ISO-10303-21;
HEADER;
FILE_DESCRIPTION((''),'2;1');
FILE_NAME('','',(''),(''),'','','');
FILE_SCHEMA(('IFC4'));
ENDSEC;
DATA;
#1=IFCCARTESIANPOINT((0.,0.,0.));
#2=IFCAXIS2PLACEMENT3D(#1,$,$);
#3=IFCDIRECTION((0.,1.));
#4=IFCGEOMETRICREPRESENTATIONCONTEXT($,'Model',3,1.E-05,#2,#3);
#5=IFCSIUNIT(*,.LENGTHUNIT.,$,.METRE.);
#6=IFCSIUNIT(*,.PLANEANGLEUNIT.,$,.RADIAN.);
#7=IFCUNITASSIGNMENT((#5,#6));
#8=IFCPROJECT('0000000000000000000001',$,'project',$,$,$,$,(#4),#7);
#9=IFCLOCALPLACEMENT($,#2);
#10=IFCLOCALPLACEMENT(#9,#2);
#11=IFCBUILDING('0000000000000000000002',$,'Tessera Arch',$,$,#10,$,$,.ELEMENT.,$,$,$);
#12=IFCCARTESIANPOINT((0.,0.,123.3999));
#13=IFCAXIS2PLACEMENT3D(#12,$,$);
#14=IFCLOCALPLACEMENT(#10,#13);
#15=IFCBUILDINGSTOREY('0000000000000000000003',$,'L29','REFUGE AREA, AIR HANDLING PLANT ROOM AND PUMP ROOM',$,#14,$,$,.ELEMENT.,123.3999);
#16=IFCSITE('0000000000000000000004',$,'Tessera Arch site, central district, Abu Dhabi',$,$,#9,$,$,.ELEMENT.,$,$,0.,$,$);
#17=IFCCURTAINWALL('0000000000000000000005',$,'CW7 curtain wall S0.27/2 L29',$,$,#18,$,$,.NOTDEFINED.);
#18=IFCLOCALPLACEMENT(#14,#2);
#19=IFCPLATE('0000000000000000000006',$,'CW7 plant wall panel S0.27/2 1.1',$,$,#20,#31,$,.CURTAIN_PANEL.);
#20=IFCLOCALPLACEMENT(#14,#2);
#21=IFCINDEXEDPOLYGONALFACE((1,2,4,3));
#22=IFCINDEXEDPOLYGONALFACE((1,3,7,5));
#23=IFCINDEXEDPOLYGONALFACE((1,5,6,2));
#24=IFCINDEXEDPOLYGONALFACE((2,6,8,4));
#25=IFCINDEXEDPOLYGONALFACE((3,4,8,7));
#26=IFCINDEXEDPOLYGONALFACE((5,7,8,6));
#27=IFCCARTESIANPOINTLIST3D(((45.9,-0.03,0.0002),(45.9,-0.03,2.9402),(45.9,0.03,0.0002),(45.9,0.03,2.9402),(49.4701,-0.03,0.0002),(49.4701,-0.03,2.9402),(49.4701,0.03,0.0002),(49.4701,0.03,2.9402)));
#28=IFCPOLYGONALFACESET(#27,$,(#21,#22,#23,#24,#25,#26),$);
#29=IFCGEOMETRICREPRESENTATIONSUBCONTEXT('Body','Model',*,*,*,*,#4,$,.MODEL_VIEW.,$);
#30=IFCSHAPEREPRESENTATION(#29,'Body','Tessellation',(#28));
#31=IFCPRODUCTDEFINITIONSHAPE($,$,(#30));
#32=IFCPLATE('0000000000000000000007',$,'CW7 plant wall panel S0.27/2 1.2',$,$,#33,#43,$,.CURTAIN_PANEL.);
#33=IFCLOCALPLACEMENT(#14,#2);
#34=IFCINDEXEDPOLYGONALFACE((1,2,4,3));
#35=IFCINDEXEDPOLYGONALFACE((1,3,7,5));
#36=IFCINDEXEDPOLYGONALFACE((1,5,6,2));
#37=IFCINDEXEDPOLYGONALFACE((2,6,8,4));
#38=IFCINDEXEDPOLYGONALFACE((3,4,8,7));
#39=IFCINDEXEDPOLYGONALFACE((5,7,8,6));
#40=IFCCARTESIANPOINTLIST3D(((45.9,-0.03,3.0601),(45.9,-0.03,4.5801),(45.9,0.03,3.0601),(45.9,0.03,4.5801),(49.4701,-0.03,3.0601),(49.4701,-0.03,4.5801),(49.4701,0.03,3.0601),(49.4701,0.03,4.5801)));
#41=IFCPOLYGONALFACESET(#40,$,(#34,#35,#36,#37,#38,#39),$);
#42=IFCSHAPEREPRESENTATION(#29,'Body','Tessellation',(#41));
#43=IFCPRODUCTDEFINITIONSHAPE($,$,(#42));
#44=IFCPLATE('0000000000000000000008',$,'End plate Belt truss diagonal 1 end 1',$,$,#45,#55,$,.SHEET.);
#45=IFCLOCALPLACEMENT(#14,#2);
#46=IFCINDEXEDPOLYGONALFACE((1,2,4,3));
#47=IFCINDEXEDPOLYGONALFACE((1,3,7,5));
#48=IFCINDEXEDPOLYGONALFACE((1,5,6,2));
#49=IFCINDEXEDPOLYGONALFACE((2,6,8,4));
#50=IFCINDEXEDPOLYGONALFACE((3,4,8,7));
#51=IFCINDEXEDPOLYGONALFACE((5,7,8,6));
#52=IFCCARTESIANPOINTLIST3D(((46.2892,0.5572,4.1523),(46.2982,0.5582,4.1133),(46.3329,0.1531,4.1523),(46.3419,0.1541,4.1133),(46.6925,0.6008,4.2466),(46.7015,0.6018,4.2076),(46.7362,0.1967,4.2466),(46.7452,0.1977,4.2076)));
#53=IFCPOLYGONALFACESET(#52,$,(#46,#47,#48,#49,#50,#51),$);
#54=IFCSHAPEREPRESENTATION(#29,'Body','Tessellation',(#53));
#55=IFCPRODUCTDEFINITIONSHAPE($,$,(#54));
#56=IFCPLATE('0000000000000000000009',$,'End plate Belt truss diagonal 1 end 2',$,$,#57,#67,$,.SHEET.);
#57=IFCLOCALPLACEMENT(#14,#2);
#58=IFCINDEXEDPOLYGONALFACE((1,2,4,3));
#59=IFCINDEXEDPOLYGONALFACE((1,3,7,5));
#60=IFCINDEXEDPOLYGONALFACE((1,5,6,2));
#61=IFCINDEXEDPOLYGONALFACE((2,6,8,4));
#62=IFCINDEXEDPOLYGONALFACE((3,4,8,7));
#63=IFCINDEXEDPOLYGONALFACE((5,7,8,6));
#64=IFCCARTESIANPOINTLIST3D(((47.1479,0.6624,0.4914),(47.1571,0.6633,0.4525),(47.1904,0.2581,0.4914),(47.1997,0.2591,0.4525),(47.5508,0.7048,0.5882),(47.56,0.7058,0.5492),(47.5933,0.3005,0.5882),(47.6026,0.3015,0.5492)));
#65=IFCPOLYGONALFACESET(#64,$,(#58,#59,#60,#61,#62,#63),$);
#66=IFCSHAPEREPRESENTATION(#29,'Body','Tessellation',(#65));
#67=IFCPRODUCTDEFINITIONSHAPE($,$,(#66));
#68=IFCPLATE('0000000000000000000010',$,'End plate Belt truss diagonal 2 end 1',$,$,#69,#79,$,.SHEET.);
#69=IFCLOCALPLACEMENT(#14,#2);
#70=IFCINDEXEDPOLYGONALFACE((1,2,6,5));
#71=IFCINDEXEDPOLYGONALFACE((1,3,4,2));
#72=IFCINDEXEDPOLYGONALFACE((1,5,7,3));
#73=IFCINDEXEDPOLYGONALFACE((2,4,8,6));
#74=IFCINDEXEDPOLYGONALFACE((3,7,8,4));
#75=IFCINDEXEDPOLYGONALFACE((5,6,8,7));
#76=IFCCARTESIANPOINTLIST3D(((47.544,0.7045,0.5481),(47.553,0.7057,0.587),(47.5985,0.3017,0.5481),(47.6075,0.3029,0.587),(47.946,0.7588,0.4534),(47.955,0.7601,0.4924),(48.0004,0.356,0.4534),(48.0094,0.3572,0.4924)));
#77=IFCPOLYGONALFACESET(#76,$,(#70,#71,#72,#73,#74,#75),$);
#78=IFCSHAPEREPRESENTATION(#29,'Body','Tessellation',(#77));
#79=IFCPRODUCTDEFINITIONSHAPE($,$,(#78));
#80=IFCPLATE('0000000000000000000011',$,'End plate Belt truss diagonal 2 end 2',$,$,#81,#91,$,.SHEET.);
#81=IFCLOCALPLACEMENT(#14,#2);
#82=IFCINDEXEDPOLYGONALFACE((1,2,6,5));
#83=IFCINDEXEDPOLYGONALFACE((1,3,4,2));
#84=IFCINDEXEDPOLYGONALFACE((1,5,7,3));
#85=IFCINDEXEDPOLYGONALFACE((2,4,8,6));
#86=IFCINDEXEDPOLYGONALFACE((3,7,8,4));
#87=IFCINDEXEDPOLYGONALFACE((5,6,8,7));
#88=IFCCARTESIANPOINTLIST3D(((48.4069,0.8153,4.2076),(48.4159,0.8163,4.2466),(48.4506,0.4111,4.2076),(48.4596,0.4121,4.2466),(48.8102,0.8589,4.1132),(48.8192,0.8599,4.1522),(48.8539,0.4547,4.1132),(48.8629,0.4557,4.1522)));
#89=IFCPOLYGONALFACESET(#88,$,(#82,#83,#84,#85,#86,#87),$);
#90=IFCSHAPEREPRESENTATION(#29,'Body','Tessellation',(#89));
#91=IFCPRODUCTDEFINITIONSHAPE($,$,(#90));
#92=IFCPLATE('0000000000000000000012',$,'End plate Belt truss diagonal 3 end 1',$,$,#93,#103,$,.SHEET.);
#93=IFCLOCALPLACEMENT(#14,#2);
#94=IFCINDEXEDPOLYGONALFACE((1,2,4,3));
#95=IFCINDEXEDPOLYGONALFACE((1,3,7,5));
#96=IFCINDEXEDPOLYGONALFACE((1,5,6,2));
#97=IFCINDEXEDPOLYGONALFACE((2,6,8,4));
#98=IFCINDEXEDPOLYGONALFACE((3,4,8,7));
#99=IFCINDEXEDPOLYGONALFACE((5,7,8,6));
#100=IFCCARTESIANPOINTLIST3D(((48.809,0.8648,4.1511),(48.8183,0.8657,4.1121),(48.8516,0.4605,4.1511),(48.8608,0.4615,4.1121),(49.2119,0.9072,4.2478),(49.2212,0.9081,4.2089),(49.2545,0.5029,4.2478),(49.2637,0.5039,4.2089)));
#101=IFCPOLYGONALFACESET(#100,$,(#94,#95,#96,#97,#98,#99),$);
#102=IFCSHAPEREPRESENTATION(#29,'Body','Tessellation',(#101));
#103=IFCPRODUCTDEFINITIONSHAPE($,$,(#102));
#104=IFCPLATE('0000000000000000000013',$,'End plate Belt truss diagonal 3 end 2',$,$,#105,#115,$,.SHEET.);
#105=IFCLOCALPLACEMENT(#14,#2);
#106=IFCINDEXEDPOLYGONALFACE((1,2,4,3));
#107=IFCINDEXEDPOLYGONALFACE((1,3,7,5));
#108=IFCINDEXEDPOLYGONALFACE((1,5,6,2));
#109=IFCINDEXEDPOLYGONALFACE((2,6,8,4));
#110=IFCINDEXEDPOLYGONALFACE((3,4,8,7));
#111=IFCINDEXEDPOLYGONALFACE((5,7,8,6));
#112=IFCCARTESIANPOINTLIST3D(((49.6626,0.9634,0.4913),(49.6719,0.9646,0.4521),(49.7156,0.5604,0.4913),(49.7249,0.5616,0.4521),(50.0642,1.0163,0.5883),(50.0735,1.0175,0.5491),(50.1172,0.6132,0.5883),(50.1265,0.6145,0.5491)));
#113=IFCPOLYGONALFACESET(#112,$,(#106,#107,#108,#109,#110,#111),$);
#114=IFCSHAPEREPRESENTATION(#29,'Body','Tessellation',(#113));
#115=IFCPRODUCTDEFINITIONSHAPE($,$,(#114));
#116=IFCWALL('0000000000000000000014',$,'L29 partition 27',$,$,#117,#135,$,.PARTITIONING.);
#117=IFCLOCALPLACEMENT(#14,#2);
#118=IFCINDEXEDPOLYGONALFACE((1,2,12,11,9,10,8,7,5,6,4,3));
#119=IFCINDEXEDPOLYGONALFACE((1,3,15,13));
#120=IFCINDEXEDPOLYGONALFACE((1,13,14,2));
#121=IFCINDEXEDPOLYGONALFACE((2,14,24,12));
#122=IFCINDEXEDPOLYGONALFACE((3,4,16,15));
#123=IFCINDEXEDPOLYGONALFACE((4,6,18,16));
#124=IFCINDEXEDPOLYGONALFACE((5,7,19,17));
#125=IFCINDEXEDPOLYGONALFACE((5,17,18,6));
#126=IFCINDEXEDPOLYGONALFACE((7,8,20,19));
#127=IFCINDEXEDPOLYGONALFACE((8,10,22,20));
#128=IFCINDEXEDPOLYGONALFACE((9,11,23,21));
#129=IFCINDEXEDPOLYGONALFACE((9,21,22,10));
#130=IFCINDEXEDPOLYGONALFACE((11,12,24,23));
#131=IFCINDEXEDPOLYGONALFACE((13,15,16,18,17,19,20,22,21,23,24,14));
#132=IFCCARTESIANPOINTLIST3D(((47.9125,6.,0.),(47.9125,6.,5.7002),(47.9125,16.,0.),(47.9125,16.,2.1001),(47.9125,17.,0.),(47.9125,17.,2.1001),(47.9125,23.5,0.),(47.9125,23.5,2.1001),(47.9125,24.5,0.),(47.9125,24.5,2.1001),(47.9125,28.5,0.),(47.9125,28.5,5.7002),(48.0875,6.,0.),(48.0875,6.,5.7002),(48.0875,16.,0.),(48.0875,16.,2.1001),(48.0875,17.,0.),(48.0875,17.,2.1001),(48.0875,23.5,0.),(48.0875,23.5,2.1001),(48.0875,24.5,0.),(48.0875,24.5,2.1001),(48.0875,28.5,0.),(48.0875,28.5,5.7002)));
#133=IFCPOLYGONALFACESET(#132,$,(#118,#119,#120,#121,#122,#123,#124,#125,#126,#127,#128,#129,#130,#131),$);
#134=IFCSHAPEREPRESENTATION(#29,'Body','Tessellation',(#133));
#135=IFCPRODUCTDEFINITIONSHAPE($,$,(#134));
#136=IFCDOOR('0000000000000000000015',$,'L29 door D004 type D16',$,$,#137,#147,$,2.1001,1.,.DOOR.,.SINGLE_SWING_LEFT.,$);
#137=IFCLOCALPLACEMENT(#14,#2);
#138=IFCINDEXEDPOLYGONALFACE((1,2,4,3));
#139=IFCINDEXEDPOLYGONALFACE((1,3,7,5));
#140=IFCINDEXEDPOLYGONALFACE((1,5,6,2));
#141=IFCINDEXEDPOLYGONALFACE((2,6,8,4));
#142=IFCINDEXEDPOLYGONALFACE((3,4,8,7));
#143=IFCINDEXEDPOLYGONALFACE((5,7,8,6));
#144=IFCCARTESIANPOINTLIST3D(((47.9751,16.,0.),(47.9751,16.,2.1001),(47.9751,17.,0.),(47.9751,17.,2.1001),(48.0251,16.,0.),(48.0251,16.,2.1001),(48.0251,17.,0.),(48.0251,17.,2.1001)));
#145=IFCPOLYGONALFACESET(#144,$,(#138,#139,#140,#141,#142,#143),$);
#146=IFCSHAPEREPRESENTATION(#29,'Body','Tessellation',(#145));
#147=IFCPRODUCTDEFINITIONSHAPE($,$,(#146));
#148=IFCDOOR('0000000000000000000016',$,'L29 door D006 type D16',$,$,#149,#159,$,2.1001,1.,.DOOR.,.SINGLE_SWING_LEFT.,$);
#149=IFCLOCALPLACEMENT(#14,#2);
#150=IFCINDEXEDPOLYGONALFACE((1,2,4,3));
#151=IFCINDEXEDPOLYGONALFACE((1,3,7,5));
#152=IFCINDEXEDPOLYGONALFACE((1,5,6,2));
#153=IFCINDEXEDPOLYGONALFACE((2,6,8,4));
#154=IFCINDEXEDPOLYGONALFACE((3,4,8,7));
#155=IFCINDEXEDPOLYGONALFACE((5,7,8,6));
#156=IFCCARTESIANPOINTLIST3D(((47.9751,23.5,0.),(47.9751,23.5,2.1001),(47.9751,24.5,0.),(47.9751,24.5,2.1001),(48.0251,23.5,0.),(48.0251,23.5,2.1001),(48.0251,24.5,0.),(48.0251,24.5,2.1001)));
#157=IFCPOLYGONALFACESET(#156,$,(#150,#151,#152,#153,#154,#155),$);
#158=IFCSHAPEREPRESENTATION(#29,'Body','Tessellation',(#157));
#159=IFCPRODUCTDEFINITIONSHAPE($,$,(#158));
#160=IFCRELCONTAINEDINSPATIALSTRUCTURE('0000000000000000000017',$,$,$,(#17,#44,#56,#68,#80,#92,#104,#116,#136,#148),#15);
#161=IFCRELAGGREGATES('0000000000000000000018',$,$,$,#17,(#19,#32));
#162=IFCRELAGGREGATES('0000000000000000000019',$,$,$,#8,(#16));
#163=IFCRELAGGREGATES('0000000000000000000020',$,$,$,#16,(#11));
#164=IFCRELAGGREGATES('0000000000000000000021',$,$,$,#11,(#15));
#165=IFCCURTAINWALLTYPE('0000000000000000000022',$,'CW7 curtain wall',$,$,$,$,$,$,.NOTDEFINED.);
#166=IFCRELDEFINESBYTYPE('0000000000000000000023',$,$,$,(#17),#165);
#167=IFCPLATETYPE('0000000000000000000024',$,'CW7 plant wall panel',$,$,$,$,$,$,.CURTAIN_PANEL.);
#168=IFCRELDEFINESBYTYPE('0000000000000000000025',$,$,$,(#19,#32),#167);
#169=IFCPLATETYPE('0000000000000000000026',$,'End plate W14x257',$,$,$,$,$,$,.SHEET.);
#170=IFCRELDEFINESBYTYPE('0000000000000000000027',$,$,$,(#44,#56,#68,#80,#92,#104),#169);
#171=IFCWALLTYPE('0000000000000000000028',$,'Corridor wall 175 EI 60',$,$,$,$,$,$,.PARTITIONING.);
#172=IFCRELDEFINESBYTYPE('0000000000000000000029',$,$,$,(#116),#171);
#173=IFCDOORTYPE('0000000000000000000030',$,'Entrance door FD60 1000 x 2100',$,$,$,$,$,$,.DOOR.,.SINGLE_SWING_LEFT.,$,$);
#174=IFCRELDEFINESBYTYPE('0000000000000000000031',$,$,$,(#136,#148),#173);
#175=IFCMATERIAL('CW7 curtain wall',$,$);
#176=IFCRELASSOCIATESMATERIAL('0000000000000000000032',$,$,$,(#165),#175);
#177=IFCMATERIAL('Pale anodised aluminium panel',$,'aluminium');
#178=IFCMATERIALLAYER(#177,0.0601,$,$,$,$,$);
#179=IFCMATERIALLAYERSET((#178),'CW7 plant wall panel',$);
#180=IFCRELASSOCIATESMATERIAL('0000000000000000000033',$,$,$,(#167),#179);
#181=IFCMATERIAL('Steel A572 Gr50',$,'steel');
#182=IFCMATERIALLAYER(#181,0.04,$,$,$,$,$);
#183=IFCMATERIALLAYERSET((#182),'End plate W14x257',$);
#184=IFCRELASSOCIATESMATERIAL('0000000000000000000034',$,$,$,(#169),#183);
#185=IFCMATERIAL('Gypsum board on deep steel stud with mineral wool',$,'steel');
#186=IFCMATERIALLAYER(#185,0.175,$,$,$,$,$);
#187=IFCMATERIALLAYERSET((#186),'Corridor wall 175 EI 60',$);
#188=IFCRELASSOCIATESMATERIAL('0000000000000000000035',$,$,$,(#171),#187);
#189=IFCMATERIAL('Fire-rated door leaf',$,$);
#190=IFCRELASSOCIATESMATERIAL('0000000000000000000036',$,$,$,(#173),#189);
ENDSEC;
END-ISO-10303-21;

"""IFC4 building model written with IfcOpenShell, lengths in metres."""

from ifc_helpers import new_model, si_unit, direction, frame, frame_2d, origin, origin_2d, place, context, subcontext, project, spatial, rectangle, extrude, material, layer, layer_set, type_object, element, fill, aggregate, save


model = new_model("IFC4")

# Units and contexts
model_context = context("Model", 3, precision=1e-05, world=origin(), true_north=direction((0.0, 1.0)))
body_context = subcontext(model_context, "Body", "Model", "MODEL_VIEW")
ifc_project = project(units=[si_unit("LENGTHUNIT", "METRE"), si_unit("PLANEANGLEUNIT", "RADIAN")], contexts=[model_context])

# Site, building, storey
site_placement = place(None, origin())
site = spatial("IfcSite", under=ifc_project, at=site_placement, Name="Tessera Arch site, central district, Abu Dhabi", CompositionType="ELEMENT", RefElevation=0.0)
building_placement = place(site_placement, origin())
building = spatial("IfcBuilding", under=site, at=building_placement, Name="Tessera Arch", CompositionType="ELEMENT")
storey_placement = place(building_placement, frame((0.0, 0.0, 123.3999)))
storey = spatial("IfcBuildingStorey", under=building, at=storey_placement, Name="L29", Description="REFUGE AREA, AIR HANDLING PLANT ROOM AND PUMP ROOM", CompositionType="ELEMENT", Elevation=123.3999)

# Curtain wall
ifc_material_1 = material(Name="CW7 curtain wall")
curtain_wall_type = type_object("IfcCurtainWallType", Name="CW7 curtain wall", PredefinedType="NOTDEFINED", material=ifc_material_1)
curtain_wall_placement = place(storey_placement, origin())
curtain_wall = element("IfcCurtainWall", 1, at=curtain_wall_placement, inside=storey, type_object=curtain_wall_type, Name="CW7 curtain wall S0.27/2 L29", PredefinedType="NOTDEFINED")

# Plates
ifc_material_2 = material(Name="Pale anodised aluminium panel", Category="aluminium")
ifc_layer_1 = layer(ifc_material_2, 0.0601)
ifc_layer_set_1 = layer_set([ifc_layer_1], Name="CW7 plant wall panel")
plate_type_1 = type_object("IfcPlateType", Name="CW7 plant wall panel", PredefinedType="CURTAIN_PANEL", material=ifc_layer_set_1)
plate_1_placement = place(storey_placement, frame((47.6851, 0.0, 0.0002), z_axis=(0.0, 0.0, 1.0), x_axis=(1.0, 0.0, 0.0)))
plate_1 = element("IfcPlate", 2, at=plate_1_placement, type_object=plate_type_1, Name="CW7 plant wall panel S0.27/2 1.1", PredefinedType="CURTAIN_PANEL", context=body_context, shape_type="SweptSolid", body=[
    extrude(rectangle(XDim=3.5701, YDim=0.0601, at=origin_2d()), origin(), (0.0, 0.0, 1.0), 2.9399),
])
plate_2_placement = place(storey_placement, frame((47.6851, 0.0, 3.0601), z_axis=(0.0, 0.0, 1.0), x_axis=(1.0, 0.0, 0.0)))
plate_2 = element("IfcPlate", 3, at=plate_2_placement, type_object=plate_type_1, Name="CW7 plant wall panel S0.27/2 1.2", PredefinedType="CURTAIN_PANEL", context=body_context, shape_type="SweptSolid", body=[
    extrude(rectangle(XDim=3.5701, YDim=0.0601, at=origin_2d()), origin(), (0.0, 0.0, 1.0), 1.52),
])
aggregate(curtain_wall, [plate_1, plate_2])

# Plates
ifc_material_3 = material(Name="Steel A572 Gr50", Category="steel")
ifc_layer_2 = layer(ifc_material_3, 0.04)
ifc_layer_set_2 = layer_set([ifc_layer_2], Name="End plate W14x257")
plate_type_2 = type_object("IfcPlateType", Name="End plate W14x257", PredefinedType="SHEET", material=ifc_layer_set_2)
for number, where, z_axis, x_axis, name in (
    (4, (46.5127, 0.377, 4.1995), (0.225237, 0.02435, -0.974), (-0.107482, 0.994207, 0.0), "End plate Belt truss diagonal 1 end 1"),
    (5, (47.3706, 0.4814, 0.5398), (0.231004, 0.024316, -0.972649), (-0.104685, 0.994505, 0.0), "End plate Belt truss diagonal 1 end 2"),
    (6, (47.7722, 0.5303, 0.5007), (0.2252, 0.030432, 0.973837), (-0.133918, 0.990992, 0.0), "End plate Belt truss diagonal 2 end 1"),
    (7, (48.6304, 0.635, 4.1604), (0.225237, 0.02435, 0.974), (-0.107482, 0.994207, 0.0), "End plate Belt truss diagonal 2 end 2"),
    (8, (49.0317, 0.6838, 4.1995), (0.231004, 0.024316, -0.972649), (-0.104685, 0.994505, 0.0), "End plate Belt truss diagonal 3 end 1"),
):
    element("IfcPlate", number, at=place(storey_placement, frame(where, z_axis=z_axis, x_axis=x_axis)), inside=storey, type_object=plate_type_2, Name=name, PredefinedType="SHEET", context=body_context, shape_type="SweptSolid", body=[
        extrude(rectangle(XDim=0.4065, YDim=0.4165, at=origin_2d()), origin(), (0.0, 0.0, 1.0), 0.04),
    ])
plate_3_placement = place(storey_placement, frame((49.8899, 0.7883, 0.5398), z_axis=(0.230966, 0.03039, -0.972487), x_axis=(-0.130455, 0.991454, 0.0)))
element("IfcPlate", 9, at=plate_3_placement, inside=storey, type_object=plate_type_2, Name="End plate Belt truss diagonal 3 end 2", PredefinedType="SHEET", context=body_context, shape_type="SweptSolid", body=[
    extrude(rectangle(XDim=0.4065, YDim=0.4165, at=origin_2d()), origin(), (0.0, 0.0, 1.0), 0.0403),
])

# Wall, openings, doors
ifc_material_4 = material(Name="Gypsum board on deep steel stud with mineral wool", Category="steel")
ifc_layer_3 = layer(ifc_material_4, 0.175)
ifc_layer_set_3 = layer_set([ifc_layer_3], Name="Corridor wall 175 EI 60")
wall_type = type_object("IfcWallType", Name="Corridor wall 175 EI 60", PredefinedType="PARTITIONING", material=ifc_layer_set_3)
wall_placement = place(storey_placement, frame((48.0, 6.0, 0.0), z_axis=(0.0, 0.0, 1.0), x_axis=(0.0, 1.0, 0.0)))
wall = element("IfcWall", 10, at=wall_placement, inside=storey, type_object=wall_type, Name="L29 partition 27", PredefinedType="PARTITIONING", context=body_context, shape_type="SweptSolid", body=[
    extrude(rectangle(XDim=22.5, YDim=0.175, at=frame_2d((11.25, 0.0))), origin(), (0.0, 0.0, 1.0), 5.7002),
])
opening_1_placement = place(wall_placement, frame((10.0, 0.0, 0.0)))
opening_1 = element("IfcOpeningElement", 11, at=opening_1_placement, cuts=wall, PredefinedType="OPENING", context=body_context, shape_type="SweptSolid", body=[
    extrude(rectangle(XDim=1.0, YDim=2.1001, at=frame_2d((0.5, 1.05))), frame((0.0, 0.0974, 0.0), z_axis=(0.0, -1.0, 0.0), x_axis=(1.0, 0.0, 0.0)), (0.0, 0.0, 1.0), 0.1951),
])
opening_2_placement = place(wall_placement, frame((17.5, 0.0, 0.0)))
opening_2 = element("IfcOpeningElement", 12, at=opening_2_placement, cuts=wall, PredefinedType="OPENING", context=body_context, shape_type="SweptSolid", body=[
    extrude(rectangle(XDim=1.0, YDim=2.1001, at=frame_2d((0.5, 1.05))), frame((0.0, 0.0974, 0.0), z_axis=(0.0, -1.0, 0.0), x_axis=(1.0, 0.0, 0.0)), (0.0, 0.0, 1.0), 0.1951),
])
ifc_material_5 = material(Name="Fire-rated door leaf")
door_type = type_object("IfcDoorType", Name="Entrance door FD60 1000 x 2100", OperationType="SINGLE_SWING_LEFT", PredefinedType="DOOR", material=ifc_material_5)
door_1_placement = place(opening_1_placement, origin())
door_1 = element("IfcDoor", 13, at=door_1_placement, inside=storey, type_object=door_type, Name="L29 door D004 type D16", OperationType="SINGLE_SWING_LEFT", OverallHeight=2.1001, OverallWidth=1.0, PredefinedType="DOOR", context=body_context, shape_type="SweptSolid", body=[
    extrude(rectangle(XDim=1.0, YDim=2.1001, at=frame_2d((0.5, 1.05))), frame((0.0, 0.0249, 0.0), z_axis=(0.0, -1.0, 0.0), x_axis=(1.0, 0.0, 0.0)), (0.0, 0.0, 1.0), 0.05),
])
fill(opening_1, door_1)
door_2_placement = place(opening_2_placement, origin())
door_2 = element("IfcDoor", 14, at=door_2_placement, inside=storey, type_object=door_type, Name="L29 door D006 type D16", OperationType="SINGLE_SWING_LEFT", OverallHeight=2.1001, OverallWidth=1.0, PredefinedType="DOOR", context=body_context, shape_type="SweptSolid", body=[
    extrude(rectangle(XDim=1.0, YDim=2.1001, at=frame_2d((0.5, 1.05))), frame((0.0, 0.0249, 0.0), z_axis=(0.0, -1.0, 0.0), x_axis=(1.0, 0.0, 0.0)), (0.0, 0.0, 1.0), 0.05),
])
fill(opening_2, door_2)

save(model, "model.ifc")
